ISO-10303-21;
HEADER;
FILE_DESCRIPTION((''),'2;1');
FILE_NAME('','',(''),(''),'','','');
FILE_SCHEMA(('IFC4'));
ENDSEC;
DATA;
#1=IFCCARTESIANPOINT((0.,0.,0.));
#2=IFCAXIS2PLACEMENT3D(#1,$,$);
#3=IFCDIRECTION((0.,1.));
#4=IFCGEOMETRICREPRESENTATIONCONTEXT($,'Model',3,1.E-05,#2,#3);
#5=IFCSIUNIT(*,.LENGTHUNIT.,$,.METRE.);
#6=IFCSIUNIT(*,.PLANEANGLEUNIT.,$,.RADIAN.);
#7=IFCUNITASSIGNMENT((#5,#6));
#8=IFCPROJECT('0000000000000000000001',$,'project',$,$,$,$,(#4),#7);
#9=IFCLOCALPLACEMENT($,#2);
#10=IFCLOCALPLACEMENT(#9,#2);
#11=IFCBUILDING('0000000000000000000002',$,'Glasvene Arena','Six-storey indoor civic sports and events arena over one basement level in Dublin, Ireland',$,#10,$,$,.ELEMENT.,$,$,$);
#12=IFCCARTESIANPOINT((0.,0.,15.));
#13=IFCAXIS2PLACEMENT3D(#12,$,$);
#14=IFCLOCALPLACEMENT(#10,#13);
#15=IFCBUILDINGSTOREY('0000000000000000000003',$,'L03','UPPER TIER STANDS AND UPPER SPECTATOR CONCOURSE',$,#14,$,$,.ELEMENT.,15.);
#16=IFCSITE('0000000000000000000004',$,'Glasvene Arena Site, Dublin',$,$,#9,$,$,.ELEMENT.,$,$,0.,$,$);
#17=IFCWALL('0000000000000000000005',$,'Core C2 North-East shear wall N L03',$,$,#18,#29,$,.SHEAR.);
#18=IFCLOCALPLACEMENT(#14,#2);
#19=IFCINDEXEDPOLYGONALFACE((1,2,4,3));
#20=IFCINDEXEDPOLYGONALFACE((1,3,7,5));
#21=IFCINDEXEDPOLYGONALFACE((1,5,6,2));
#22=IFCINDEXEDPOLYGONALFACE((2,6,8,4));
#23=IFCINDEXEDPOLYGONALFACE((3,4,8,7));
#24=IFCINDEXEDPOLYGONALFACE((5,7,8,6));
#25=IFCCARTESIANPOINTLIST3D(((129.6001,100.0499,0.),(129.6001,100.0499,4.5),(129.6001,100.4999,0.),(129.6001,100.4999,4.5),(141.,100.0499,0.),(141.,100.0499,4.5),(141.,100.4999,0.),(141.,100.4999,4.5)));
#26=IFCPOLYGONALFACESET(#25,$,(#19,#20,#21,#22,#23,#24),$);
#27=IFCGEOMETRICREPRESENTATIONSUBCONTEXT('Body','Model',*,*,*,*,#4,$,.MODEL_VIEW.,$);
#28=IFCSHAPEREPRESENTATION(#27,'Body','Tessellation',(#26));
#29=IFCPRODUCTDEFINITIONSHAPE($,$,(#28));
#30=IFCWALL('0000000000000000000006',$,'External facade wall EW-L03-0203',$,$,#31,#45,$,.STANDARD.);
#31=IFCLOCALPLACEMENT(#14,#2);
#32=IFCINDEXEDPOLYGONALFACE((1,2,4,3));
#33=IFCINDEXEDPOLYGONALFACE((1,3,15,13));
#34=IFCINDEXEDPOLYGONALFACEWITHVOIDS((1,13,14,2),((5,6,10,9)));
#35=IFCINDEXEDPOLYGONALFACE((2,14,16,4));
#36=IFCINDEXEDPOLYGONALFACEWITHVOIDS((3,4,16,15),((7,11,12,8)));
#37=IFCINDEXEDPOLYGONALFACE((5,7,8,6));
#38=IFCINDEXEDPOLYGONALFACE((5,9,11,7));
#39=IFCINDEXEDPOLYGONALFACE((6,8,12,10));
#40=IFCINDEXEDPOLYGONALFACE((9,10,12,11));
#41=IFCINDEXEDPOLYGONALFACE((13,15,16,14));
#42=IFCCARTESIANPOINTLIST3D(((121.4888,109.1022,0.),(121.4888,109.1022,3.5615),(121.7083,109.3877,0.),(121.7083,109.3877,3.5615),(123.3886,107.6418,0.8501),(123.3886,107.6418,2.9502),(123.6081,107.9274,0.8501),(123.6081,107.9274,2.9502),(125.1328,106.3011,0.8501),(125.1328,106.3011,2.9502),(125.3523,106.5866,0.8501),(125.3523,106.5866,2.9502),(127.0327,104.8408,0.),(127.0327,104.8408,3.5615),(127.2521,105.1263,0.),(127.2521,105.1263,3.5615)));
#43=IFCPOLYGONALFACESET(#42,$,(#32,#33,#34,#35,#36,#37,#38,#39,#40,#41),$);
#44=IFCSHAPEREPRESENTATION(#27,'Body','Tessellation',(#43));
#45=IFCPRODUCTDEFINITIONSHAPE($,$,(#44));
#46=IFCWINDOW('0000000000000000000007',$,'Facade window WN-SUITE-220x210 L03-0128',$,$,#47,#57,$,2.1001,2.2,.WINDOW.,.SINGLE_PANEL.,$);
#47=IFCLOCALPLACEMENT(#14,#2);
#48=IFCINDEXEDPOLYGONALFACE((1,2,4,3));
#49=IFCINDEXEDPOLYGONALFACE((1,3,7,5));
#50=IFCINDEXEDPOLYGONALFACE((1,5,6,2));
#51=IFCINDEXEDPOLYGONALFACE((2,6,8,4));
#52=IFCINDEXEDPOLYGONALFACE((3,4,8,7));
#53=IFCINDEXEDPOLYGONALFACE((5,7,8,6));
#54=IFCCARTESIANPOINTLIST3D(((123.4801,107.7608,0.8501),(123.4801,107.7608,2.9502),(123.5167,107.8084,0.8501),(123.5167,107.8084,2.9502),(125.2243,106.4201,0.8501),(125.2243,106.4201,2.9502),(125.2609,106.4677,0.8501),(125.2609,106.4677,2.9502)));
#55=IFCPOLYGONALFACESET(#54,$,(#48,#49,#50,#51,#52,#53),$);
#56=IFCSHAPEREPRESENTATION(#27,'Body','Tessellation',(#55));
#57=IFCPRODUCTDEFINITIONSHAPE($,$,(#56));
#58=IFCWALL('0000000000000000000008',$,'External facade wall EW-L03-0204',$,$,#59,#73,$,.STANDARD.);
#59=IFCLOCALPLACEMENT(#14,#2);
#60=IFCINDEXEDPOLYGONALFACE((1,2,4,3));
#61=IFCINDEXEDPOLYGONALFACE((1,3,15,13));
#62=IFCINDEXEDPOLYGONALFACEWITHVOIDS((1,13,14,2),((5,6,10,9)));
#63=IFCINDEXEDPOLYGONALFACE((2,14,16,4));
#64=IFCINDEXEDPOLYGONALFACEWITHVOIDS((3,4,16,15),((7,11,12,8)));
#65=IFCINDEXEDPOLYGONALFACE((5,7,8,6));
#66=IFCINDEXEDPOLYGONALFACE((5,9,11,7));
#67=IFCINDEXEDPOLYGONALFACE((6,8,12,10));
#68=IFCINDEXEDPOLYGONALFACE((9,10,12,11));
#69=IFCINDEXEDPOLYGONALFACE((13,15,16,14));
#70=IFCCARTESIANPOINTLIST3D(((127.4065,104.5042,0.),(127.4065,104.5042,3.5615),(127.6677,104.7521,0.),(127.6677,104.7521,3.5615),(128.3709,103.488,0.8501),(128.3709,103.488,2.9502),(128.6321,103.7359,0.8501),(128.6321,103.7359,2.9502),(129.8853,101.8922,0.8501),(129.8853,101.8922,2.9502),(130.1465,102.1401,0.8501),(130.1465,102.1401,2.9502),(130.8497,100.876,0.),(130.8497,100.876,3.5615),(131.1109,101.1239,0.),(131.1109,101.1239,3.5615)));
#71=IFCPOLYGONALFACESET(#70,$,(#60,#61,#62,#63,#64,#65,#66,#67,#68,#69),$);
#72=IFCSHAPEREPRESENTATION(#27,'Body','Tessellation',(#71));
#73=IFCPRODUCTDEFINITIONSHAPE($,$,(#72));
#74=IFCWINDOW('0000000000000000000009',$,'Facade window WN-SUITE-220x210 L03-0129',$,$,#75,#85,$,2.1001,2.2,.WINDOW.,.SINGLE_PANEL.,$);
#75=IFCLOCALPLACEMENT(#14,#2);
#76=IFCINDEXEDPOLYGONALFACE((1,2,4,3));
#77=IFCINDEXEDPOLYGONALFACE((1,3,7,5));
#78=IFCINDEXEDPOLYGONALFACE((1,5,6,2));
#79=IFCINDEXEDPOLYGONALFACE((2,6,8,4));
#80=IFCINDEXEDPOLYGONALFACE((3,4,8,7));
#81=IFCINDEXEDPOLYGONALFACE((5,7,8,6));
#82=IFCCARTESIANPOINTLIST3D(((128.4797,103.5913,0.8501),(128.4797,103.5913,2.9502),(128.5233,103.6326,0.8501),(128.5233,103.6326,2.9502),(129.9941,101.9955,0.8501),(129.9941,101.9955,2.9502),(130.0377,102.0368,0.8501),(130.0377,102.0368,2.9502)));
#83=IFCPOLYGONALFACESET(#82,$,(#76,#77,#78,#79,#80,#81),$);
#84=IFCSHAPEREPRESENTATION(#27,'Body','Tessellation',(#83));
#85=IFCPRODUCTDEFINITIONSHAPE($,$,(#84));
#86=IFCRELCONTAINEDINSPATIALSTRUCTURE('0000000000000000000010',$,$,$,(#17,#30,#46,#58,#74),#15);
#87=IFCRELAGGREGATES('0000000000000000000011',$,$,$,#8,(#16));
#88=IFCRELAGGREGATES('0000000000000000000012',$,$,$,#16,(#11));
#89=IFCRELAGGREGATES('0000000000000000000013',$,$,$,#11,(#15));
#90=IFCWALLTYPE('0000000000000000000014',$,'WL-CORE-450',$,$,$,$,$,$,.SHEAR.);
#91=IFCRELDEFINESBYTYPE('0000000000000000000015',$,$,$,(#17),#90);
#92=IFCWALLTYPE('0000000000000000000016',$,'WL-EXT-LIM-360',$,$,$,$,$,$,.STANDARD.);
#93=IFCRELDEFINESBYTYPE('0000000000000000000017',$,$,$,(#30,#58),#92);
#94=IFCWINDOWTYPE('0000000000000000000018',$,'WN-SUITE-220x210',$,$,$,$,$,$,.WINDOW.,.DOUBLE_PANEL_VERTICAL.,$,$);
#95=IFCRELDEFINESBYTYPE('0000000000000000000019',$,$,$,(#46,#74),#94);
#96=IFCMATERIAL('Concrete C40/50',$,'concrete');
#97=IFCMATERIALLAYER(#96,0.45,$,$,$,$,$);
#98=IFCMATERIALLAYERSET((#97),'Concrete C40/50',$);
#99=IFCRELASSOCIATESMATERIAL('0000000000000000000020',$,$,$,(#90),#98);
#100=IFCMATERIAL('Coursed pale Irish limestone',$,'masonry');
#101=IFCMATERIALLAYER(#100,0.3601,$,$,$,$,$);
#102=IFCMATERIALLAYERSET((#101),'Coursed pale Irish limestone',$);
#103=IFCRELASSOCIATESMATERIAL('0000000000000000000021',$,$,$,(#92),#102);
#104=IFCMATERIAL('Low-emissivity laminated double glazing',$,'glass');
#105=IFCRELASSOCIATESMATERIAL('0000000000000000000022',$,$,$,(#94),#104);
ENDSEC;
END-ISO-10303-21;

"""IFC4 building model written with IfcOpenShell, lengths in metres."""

from ifc_helpers import new_model, si_unit, direction, frame, frame_2d, origin, place, context, subcontext, project, spatial, rectangle, extrude, material, layer, layer_set, type_object, element, fill, save


model = new_model("IFC4")

# Units and contexts
model_context = context("Model", 3, precision=1e-05, world=origin(), true_north=direction((0.0, 1.0)))
body_context = subcontext(model_context, "Body", "Model", "MODEL_VIEW")
ifc_project = project(units=[si_unit("LENGTHUNIT", "METRE"), si_unit("PLANEANGLEUNIT", "RADIAN")], contexts=[model_context])

# Site, building, storey
site_placement = place(None, origin())
site = spatial("IfcSite", under=ifc_project, at=site_placement, Name="Glasvene Arena Site, Dublin", CompositionType="ELEMENT", RefElevation=0.0)
building_placement = place(site_placement, origin())
building = spatial("IfcBuilding", under=site, at=building_placement, Name="Glasvene Arena", Description="Six-storey indoor civic sports and events arena over one basement level in Dublin, Ireland", CompositionType="ELEMENT")
storey_placement = place(building_placement, frame((0.0, 0.0, 15.0)))
storey = spatial("IfcBuildingStorey", under=building, at=storey_placement, Name="L03", Description="UPPER TIER STANDS AND UPPER SPECTATOR CONCOURSE", CompositionType="ELEMENT", Elevation=15.0)

# Shared definitions
ifc_material_1 = material(Name="Low-emissivity laminated double glazing", Category="glass")

# Shared definitions
ifc_material_2 = material(Name="Concrete C40/50", Category="concrete")

# Wall
ifc_layer_1 = layer(ifc_material_2, 0.45)
ifc_layer_set_1 = layer_set([ifc_layer_1], Name="Concrete C40/50")
wall_type_1 = type_object("IfcWallType", Name="WL-CORE-450", PredefinedType="SHEAR", material=ifc_layer_set_1)
wall_1_placement = place(storey_placement, frame((129.6001, 100.2749, 0.0), z_axis=(0.0, 0.0, 1.0), x_axis=(1.0, 0.0, 0.0)))
element("IfcWall", 1, at=wall_1_placement, inside=storey, type_object=wall_type_1, Name="Core C2 North-East shear wall N L03", PredefinedType="SHEAR", context=body_context, shape_type="SweptSolid", body=[
    extrude(rectangle(XDim=11.3999, YDim=0.45, at=frame_2d((5.7, 0.0))), origin(), (0.0, 0.0, 1.0), 4.5),
])

# Walls, openings, windows
ifc_material_3 = material(Name="Coursed pale Irish limestone", Category="masonry")
ifc_layer_2 = layer(ifc_material_3, 0.3601)
ifc_layer_set_2 = layer_set([ifc_layer_2], Name="Coursed pale Irish limestone")
wall_type_2 = type_object("IfcWallType", Name="WL-EXT-LIM-360", PredefinedType="STANDARD", material=ifc_layer_set_2)
wall_2_placement = place(storey_placement, frame((121.5986, 109.2449, 0.0), z_axis=(0.0, 0.0, 1.0), x_axis=(0.792838, -0.609432, 0.0)))
wall_2 = element("IfcWall", 2, at=wall_2_placement, inside=storey, type_object=wall_type_2, Name="External facade wall EW-L03-0203", PredefinedType="STANDARD", context=body_context, shape_type="SweptSolid", body=[
    extrude(rectangle(XDim=6.9924, YDim=0.3601, at=frame_2d((3.4961, 0.0))), origin(), (0.0, 0.0, 1.0), 3.5615),
])
opening_1_placement = place(wall_2_placement, frame((2.396, 0.0, 0.8501)))
opening_1 = element("IfcOpeningElement", 3, at=opening_1_placement, cuts=wall_2, PredefinedType="OPENING", context=body_context, shape_type="SweptSolid", body=[
    extrude(rectangle(XDim=2.2, YDim=2.1001, at=frame_2d((1.1001, 1.05))), frame((0.0, 0.1899, 0.0), z_axis=(0.0, -1.0, 0.0), x_axis=(1.0, 0.0, 0.0)), (0.0, 0.0, 1.0), 0.3801),
])
window_type = type_object("IfcWindowType", Name="WN-SUITE-220x210", PartitioningType="DOUBLE_PANEL_VERTICAL", PredefinedType="WINDOW", material=ifc_material_1)
window_1_placement = place(opening_1_placement, origin())
window_1 = element("IfcWindow", 4, at=window_1_placement, inside=storey, type_object=window_type, Name="Facade window WN-SUITE-220x210 L03-0128", OverallHeight=2.1001, OverallWidth=2.2, PartitioningType="SINGLE_PANEL", PredefinedType="WINDOW", context=body_context, shape_type="SweptSolid", body=[
    extrude(rectangle(XDim=2.2, YDim=2.1001, at=frame_2d((1.1001, 1.05))), frame((0.0, 0.03, 0.0), z_axis=(0.0, -1.0, 0.0), x_axis=(1.0, 0.0, 0.0)), (0.0, 0.0, 1.0), 0.0601),
])
fill(opening_1, window_1)
wall_3_placement = place(storey_placement, frame((127.5371, 104.6282, 0.0), z_axis=(0.0, 0.0, 1.0), x_axis=(0.688366, -0.725364, 0.0)))
wall_3 = element("IfcWall", 5, at=wall_3_placement, inside=storey, type_object=wall_type_2, Name="External facade wall EW-L03-0204", PredefinedType="STANDARD", context=body_context, shape_type="SweptSolid", body=[
    extrude(rectangle(XDim=5.002, YDim=0.3601, at=frame_2d((2.501, 0.0))), origin(), (0.0, 0.0, 1.0), 3.5615),
])
opening_2_placement = place(wall_3_placement, frame((1.4009, 0.0, 0.8501)))
opening_2 = element("IfcOpeningElement", 6, at=opening_2_placement, cuts=wall_3, PredefinedType="OPENING", context=body_context, shape_type="SweptSolid", body=[
    extrude(rectangle(XDim=2.2, YDim=2.1001, at=frame_2d((1.1001, 1.05))), frame((0.0, 0.1899, 0.0), z_axis=(0.0, -1.0, 0.0), x_axis=(1.0, 0.0, 0.0)), (0.0, 0.0, 1.0), 0.3801),
])
window_2_placement = place(opening_2_placement, origin())
window_2 = element("IfcWindow", 7, at=window_2_placement, inside=storey, type_object=window_type, Name="Facade window WN-SUITE-220x210 L03-0129", OverallHeight=2.1001, OverallWidth=2.2, PartitioningType="SINGLE_PANEL", PredefinedType="WINDOW", context=body_context, shape_type="SweptSolid", body=[
    extrude(rectangle(XDim=2.2, YDim=2.1001, at=frame_2d((1.1001, 1.05))), frame((0.0, 0.03, 0.0), z_axis=(0.0, -1.0, 0.0), x_axis=(1.0, 0.0, 0.0)), (0.0, 0.0, 1.0), 0.0601),
])
fill(opening_2, window_2)

save(model, "model.ifc")
